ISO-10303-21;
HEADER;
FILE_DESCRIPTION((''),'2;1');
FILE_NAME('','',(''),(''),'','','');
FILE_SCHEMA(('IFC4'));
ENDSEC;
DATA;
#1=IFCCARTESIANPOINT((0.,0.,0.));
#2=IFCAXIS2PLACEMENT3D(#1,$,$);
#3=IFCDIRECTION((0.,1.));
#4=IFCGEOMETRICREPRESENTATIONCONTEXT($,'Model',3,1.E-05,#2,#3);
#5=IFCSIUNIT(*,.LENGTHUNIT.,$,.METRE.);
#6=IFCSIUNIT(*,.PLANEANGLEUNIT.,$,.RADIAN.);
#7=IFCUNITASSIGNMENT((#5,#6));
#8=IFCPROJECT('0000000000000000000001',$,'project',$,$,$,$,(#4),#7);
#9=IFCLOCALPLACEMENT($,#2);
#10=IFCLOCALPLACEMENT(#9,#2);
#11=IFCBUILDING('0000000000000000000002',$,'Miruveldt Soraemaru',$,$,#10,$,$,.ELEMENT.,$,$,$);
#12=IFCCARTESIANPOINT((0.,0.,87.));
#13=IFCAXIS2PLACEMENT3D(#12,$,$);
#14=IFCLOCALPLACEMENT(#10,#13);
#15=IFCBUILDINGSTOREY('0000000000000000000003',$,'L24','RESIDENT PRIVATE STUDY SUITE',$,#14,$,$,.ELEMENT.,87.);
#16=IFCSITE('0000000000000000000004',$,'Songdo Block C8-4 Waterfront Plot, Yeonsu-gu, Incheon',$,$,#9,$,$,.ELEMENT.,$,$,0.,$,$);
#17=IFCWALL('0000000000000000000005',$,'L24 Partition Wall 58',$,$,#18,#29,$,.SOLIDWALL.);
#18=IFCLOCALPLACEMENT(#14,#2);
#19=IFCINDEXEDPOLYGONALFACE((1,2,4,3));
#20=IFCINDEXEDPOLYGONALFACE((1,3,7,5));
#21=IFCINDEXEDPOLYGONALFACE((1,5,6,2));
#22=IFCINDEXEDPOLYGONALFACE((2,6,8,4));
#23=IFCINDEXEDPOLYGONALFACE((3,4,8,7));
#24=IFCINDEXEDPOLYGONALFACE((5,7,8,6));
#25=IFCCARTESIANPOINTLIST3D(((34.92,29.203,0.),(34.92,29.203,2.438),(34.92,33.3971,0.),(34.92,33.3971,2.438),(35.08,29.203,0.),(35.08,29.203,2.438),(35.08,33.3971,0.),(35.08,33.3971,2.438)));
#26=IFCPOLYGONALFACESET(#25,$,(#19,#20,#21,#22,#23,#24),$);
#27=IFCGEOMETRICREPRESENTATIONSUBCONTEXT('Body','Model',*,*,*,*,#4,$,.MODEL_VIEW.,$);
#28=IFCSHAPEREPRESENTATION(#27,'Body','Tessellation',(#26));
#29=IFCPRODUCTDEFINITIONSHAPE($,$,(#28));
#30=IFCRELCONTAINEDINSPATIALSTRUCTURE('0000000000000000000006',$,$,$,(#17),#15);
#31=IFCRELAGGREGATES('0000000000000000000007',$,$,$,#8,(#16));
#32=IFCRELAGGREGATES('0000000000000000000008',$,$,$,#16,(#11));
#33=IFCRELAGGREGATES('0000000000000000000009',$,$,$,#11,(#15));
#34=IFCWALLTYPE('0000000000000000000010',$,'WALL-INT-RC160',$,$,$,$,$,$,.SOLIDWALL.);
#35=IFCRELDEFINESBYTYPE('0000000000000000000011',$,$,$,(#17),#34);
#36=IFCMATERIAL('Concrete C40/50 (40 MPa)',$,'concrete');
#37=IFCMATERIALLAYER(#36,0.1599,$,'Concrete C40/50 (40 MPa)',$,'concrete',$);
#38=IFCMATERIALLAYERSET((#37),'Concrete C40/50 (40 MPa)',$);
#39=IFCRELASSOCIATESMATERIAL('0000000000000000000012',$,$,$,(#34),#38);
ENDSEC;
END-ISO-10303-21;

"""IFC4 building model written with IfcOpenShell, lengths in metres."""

from ifc_helpers import new_model, si_unit, direction, frame, frame_2d, origin, place, context, subcontext, project, spatial, rectangle, extrude, material, layer, layer_set, type_object, element, save


model = new_model("IFC4")

# Units and contexts
model_context = context("Model", 3, precision=1e-05, world=origin(), true_north=direction((0.0, 1.0)))
body_context = subcontext(model_context, "Body", "Model", "MODEL_VIEW")
ifc_project = project(units=[si_unit("LENGTHUNIT", "METRE"), si_unit("PLANEANGLEUNIT", "RADIAN")], contexts=[model_context])

# Site, building, storey
site_placement = place(None, origin())
site = spatial("IfcSite", under=ifc_project, at=site_placement, Name="Songdo Block C8-4 Waterfront Plot, Yeonsu-gu, Incheon", CompositionType="ELEMENT", RefElevation=0.0)
building_placement = place(site_placement, origin())
building = spatial("IfcBuilding", under=site, at=building_placement, Name="Miruveldt Soraemaru", CompositionType="ELEMENT")
storey_placement = place(building_placement, frame((0.0, 0.0, 87.0)))
storey = spatial("IfcBuildingStorey", under=building, at=storey_placement, Name="L24", Description="RESIDENT PRIVATE STUDY SUITE", CompositionType="ELEMENT", Elevation=87.0)

# Shared definitions
ifc_material_1 = material(Name="Concrete C40/50 (40 MPa)", Category="concrete")

# Wall
ifc_layer_1 = layer(ifc_material_1, 0.1599, Name="Concrete C40/50 (40 MPa)", Category="concrete")
ifc_layer_set_1 = layer_set([ifc_layer_1], Name="Concrete C40/50 (40 MPa)")
wall_type_1 = type_object("IfcWallType", Name="WALL-INT-RC160", PredefinedType="SOLIDWALL", material=ifc_layer_set_1)
wall_1_placement = place(storey_placement, frame((35.0, 29.2029, 0.0), z_axis=(0.0, 0.0, 1.0), x_axis=(0.0, 1.0, 0.0)))
element("IfcWall", 1, at=wall_1_placement, inside=storey, type_object=wall_type_1, Name="L24 Partition Wall 58", PredefinedType="SOLIDWALL", context=body_context, shape_type="SweptSolid", body=[
    extrude(rectangle(XDim=4.1941, YDim=0.1599, at=frame_2d((2.0972, 0.0))), origin(), (0.0, 0.0, 1.0), 2.438),
])

save(model, "model.ifc")
